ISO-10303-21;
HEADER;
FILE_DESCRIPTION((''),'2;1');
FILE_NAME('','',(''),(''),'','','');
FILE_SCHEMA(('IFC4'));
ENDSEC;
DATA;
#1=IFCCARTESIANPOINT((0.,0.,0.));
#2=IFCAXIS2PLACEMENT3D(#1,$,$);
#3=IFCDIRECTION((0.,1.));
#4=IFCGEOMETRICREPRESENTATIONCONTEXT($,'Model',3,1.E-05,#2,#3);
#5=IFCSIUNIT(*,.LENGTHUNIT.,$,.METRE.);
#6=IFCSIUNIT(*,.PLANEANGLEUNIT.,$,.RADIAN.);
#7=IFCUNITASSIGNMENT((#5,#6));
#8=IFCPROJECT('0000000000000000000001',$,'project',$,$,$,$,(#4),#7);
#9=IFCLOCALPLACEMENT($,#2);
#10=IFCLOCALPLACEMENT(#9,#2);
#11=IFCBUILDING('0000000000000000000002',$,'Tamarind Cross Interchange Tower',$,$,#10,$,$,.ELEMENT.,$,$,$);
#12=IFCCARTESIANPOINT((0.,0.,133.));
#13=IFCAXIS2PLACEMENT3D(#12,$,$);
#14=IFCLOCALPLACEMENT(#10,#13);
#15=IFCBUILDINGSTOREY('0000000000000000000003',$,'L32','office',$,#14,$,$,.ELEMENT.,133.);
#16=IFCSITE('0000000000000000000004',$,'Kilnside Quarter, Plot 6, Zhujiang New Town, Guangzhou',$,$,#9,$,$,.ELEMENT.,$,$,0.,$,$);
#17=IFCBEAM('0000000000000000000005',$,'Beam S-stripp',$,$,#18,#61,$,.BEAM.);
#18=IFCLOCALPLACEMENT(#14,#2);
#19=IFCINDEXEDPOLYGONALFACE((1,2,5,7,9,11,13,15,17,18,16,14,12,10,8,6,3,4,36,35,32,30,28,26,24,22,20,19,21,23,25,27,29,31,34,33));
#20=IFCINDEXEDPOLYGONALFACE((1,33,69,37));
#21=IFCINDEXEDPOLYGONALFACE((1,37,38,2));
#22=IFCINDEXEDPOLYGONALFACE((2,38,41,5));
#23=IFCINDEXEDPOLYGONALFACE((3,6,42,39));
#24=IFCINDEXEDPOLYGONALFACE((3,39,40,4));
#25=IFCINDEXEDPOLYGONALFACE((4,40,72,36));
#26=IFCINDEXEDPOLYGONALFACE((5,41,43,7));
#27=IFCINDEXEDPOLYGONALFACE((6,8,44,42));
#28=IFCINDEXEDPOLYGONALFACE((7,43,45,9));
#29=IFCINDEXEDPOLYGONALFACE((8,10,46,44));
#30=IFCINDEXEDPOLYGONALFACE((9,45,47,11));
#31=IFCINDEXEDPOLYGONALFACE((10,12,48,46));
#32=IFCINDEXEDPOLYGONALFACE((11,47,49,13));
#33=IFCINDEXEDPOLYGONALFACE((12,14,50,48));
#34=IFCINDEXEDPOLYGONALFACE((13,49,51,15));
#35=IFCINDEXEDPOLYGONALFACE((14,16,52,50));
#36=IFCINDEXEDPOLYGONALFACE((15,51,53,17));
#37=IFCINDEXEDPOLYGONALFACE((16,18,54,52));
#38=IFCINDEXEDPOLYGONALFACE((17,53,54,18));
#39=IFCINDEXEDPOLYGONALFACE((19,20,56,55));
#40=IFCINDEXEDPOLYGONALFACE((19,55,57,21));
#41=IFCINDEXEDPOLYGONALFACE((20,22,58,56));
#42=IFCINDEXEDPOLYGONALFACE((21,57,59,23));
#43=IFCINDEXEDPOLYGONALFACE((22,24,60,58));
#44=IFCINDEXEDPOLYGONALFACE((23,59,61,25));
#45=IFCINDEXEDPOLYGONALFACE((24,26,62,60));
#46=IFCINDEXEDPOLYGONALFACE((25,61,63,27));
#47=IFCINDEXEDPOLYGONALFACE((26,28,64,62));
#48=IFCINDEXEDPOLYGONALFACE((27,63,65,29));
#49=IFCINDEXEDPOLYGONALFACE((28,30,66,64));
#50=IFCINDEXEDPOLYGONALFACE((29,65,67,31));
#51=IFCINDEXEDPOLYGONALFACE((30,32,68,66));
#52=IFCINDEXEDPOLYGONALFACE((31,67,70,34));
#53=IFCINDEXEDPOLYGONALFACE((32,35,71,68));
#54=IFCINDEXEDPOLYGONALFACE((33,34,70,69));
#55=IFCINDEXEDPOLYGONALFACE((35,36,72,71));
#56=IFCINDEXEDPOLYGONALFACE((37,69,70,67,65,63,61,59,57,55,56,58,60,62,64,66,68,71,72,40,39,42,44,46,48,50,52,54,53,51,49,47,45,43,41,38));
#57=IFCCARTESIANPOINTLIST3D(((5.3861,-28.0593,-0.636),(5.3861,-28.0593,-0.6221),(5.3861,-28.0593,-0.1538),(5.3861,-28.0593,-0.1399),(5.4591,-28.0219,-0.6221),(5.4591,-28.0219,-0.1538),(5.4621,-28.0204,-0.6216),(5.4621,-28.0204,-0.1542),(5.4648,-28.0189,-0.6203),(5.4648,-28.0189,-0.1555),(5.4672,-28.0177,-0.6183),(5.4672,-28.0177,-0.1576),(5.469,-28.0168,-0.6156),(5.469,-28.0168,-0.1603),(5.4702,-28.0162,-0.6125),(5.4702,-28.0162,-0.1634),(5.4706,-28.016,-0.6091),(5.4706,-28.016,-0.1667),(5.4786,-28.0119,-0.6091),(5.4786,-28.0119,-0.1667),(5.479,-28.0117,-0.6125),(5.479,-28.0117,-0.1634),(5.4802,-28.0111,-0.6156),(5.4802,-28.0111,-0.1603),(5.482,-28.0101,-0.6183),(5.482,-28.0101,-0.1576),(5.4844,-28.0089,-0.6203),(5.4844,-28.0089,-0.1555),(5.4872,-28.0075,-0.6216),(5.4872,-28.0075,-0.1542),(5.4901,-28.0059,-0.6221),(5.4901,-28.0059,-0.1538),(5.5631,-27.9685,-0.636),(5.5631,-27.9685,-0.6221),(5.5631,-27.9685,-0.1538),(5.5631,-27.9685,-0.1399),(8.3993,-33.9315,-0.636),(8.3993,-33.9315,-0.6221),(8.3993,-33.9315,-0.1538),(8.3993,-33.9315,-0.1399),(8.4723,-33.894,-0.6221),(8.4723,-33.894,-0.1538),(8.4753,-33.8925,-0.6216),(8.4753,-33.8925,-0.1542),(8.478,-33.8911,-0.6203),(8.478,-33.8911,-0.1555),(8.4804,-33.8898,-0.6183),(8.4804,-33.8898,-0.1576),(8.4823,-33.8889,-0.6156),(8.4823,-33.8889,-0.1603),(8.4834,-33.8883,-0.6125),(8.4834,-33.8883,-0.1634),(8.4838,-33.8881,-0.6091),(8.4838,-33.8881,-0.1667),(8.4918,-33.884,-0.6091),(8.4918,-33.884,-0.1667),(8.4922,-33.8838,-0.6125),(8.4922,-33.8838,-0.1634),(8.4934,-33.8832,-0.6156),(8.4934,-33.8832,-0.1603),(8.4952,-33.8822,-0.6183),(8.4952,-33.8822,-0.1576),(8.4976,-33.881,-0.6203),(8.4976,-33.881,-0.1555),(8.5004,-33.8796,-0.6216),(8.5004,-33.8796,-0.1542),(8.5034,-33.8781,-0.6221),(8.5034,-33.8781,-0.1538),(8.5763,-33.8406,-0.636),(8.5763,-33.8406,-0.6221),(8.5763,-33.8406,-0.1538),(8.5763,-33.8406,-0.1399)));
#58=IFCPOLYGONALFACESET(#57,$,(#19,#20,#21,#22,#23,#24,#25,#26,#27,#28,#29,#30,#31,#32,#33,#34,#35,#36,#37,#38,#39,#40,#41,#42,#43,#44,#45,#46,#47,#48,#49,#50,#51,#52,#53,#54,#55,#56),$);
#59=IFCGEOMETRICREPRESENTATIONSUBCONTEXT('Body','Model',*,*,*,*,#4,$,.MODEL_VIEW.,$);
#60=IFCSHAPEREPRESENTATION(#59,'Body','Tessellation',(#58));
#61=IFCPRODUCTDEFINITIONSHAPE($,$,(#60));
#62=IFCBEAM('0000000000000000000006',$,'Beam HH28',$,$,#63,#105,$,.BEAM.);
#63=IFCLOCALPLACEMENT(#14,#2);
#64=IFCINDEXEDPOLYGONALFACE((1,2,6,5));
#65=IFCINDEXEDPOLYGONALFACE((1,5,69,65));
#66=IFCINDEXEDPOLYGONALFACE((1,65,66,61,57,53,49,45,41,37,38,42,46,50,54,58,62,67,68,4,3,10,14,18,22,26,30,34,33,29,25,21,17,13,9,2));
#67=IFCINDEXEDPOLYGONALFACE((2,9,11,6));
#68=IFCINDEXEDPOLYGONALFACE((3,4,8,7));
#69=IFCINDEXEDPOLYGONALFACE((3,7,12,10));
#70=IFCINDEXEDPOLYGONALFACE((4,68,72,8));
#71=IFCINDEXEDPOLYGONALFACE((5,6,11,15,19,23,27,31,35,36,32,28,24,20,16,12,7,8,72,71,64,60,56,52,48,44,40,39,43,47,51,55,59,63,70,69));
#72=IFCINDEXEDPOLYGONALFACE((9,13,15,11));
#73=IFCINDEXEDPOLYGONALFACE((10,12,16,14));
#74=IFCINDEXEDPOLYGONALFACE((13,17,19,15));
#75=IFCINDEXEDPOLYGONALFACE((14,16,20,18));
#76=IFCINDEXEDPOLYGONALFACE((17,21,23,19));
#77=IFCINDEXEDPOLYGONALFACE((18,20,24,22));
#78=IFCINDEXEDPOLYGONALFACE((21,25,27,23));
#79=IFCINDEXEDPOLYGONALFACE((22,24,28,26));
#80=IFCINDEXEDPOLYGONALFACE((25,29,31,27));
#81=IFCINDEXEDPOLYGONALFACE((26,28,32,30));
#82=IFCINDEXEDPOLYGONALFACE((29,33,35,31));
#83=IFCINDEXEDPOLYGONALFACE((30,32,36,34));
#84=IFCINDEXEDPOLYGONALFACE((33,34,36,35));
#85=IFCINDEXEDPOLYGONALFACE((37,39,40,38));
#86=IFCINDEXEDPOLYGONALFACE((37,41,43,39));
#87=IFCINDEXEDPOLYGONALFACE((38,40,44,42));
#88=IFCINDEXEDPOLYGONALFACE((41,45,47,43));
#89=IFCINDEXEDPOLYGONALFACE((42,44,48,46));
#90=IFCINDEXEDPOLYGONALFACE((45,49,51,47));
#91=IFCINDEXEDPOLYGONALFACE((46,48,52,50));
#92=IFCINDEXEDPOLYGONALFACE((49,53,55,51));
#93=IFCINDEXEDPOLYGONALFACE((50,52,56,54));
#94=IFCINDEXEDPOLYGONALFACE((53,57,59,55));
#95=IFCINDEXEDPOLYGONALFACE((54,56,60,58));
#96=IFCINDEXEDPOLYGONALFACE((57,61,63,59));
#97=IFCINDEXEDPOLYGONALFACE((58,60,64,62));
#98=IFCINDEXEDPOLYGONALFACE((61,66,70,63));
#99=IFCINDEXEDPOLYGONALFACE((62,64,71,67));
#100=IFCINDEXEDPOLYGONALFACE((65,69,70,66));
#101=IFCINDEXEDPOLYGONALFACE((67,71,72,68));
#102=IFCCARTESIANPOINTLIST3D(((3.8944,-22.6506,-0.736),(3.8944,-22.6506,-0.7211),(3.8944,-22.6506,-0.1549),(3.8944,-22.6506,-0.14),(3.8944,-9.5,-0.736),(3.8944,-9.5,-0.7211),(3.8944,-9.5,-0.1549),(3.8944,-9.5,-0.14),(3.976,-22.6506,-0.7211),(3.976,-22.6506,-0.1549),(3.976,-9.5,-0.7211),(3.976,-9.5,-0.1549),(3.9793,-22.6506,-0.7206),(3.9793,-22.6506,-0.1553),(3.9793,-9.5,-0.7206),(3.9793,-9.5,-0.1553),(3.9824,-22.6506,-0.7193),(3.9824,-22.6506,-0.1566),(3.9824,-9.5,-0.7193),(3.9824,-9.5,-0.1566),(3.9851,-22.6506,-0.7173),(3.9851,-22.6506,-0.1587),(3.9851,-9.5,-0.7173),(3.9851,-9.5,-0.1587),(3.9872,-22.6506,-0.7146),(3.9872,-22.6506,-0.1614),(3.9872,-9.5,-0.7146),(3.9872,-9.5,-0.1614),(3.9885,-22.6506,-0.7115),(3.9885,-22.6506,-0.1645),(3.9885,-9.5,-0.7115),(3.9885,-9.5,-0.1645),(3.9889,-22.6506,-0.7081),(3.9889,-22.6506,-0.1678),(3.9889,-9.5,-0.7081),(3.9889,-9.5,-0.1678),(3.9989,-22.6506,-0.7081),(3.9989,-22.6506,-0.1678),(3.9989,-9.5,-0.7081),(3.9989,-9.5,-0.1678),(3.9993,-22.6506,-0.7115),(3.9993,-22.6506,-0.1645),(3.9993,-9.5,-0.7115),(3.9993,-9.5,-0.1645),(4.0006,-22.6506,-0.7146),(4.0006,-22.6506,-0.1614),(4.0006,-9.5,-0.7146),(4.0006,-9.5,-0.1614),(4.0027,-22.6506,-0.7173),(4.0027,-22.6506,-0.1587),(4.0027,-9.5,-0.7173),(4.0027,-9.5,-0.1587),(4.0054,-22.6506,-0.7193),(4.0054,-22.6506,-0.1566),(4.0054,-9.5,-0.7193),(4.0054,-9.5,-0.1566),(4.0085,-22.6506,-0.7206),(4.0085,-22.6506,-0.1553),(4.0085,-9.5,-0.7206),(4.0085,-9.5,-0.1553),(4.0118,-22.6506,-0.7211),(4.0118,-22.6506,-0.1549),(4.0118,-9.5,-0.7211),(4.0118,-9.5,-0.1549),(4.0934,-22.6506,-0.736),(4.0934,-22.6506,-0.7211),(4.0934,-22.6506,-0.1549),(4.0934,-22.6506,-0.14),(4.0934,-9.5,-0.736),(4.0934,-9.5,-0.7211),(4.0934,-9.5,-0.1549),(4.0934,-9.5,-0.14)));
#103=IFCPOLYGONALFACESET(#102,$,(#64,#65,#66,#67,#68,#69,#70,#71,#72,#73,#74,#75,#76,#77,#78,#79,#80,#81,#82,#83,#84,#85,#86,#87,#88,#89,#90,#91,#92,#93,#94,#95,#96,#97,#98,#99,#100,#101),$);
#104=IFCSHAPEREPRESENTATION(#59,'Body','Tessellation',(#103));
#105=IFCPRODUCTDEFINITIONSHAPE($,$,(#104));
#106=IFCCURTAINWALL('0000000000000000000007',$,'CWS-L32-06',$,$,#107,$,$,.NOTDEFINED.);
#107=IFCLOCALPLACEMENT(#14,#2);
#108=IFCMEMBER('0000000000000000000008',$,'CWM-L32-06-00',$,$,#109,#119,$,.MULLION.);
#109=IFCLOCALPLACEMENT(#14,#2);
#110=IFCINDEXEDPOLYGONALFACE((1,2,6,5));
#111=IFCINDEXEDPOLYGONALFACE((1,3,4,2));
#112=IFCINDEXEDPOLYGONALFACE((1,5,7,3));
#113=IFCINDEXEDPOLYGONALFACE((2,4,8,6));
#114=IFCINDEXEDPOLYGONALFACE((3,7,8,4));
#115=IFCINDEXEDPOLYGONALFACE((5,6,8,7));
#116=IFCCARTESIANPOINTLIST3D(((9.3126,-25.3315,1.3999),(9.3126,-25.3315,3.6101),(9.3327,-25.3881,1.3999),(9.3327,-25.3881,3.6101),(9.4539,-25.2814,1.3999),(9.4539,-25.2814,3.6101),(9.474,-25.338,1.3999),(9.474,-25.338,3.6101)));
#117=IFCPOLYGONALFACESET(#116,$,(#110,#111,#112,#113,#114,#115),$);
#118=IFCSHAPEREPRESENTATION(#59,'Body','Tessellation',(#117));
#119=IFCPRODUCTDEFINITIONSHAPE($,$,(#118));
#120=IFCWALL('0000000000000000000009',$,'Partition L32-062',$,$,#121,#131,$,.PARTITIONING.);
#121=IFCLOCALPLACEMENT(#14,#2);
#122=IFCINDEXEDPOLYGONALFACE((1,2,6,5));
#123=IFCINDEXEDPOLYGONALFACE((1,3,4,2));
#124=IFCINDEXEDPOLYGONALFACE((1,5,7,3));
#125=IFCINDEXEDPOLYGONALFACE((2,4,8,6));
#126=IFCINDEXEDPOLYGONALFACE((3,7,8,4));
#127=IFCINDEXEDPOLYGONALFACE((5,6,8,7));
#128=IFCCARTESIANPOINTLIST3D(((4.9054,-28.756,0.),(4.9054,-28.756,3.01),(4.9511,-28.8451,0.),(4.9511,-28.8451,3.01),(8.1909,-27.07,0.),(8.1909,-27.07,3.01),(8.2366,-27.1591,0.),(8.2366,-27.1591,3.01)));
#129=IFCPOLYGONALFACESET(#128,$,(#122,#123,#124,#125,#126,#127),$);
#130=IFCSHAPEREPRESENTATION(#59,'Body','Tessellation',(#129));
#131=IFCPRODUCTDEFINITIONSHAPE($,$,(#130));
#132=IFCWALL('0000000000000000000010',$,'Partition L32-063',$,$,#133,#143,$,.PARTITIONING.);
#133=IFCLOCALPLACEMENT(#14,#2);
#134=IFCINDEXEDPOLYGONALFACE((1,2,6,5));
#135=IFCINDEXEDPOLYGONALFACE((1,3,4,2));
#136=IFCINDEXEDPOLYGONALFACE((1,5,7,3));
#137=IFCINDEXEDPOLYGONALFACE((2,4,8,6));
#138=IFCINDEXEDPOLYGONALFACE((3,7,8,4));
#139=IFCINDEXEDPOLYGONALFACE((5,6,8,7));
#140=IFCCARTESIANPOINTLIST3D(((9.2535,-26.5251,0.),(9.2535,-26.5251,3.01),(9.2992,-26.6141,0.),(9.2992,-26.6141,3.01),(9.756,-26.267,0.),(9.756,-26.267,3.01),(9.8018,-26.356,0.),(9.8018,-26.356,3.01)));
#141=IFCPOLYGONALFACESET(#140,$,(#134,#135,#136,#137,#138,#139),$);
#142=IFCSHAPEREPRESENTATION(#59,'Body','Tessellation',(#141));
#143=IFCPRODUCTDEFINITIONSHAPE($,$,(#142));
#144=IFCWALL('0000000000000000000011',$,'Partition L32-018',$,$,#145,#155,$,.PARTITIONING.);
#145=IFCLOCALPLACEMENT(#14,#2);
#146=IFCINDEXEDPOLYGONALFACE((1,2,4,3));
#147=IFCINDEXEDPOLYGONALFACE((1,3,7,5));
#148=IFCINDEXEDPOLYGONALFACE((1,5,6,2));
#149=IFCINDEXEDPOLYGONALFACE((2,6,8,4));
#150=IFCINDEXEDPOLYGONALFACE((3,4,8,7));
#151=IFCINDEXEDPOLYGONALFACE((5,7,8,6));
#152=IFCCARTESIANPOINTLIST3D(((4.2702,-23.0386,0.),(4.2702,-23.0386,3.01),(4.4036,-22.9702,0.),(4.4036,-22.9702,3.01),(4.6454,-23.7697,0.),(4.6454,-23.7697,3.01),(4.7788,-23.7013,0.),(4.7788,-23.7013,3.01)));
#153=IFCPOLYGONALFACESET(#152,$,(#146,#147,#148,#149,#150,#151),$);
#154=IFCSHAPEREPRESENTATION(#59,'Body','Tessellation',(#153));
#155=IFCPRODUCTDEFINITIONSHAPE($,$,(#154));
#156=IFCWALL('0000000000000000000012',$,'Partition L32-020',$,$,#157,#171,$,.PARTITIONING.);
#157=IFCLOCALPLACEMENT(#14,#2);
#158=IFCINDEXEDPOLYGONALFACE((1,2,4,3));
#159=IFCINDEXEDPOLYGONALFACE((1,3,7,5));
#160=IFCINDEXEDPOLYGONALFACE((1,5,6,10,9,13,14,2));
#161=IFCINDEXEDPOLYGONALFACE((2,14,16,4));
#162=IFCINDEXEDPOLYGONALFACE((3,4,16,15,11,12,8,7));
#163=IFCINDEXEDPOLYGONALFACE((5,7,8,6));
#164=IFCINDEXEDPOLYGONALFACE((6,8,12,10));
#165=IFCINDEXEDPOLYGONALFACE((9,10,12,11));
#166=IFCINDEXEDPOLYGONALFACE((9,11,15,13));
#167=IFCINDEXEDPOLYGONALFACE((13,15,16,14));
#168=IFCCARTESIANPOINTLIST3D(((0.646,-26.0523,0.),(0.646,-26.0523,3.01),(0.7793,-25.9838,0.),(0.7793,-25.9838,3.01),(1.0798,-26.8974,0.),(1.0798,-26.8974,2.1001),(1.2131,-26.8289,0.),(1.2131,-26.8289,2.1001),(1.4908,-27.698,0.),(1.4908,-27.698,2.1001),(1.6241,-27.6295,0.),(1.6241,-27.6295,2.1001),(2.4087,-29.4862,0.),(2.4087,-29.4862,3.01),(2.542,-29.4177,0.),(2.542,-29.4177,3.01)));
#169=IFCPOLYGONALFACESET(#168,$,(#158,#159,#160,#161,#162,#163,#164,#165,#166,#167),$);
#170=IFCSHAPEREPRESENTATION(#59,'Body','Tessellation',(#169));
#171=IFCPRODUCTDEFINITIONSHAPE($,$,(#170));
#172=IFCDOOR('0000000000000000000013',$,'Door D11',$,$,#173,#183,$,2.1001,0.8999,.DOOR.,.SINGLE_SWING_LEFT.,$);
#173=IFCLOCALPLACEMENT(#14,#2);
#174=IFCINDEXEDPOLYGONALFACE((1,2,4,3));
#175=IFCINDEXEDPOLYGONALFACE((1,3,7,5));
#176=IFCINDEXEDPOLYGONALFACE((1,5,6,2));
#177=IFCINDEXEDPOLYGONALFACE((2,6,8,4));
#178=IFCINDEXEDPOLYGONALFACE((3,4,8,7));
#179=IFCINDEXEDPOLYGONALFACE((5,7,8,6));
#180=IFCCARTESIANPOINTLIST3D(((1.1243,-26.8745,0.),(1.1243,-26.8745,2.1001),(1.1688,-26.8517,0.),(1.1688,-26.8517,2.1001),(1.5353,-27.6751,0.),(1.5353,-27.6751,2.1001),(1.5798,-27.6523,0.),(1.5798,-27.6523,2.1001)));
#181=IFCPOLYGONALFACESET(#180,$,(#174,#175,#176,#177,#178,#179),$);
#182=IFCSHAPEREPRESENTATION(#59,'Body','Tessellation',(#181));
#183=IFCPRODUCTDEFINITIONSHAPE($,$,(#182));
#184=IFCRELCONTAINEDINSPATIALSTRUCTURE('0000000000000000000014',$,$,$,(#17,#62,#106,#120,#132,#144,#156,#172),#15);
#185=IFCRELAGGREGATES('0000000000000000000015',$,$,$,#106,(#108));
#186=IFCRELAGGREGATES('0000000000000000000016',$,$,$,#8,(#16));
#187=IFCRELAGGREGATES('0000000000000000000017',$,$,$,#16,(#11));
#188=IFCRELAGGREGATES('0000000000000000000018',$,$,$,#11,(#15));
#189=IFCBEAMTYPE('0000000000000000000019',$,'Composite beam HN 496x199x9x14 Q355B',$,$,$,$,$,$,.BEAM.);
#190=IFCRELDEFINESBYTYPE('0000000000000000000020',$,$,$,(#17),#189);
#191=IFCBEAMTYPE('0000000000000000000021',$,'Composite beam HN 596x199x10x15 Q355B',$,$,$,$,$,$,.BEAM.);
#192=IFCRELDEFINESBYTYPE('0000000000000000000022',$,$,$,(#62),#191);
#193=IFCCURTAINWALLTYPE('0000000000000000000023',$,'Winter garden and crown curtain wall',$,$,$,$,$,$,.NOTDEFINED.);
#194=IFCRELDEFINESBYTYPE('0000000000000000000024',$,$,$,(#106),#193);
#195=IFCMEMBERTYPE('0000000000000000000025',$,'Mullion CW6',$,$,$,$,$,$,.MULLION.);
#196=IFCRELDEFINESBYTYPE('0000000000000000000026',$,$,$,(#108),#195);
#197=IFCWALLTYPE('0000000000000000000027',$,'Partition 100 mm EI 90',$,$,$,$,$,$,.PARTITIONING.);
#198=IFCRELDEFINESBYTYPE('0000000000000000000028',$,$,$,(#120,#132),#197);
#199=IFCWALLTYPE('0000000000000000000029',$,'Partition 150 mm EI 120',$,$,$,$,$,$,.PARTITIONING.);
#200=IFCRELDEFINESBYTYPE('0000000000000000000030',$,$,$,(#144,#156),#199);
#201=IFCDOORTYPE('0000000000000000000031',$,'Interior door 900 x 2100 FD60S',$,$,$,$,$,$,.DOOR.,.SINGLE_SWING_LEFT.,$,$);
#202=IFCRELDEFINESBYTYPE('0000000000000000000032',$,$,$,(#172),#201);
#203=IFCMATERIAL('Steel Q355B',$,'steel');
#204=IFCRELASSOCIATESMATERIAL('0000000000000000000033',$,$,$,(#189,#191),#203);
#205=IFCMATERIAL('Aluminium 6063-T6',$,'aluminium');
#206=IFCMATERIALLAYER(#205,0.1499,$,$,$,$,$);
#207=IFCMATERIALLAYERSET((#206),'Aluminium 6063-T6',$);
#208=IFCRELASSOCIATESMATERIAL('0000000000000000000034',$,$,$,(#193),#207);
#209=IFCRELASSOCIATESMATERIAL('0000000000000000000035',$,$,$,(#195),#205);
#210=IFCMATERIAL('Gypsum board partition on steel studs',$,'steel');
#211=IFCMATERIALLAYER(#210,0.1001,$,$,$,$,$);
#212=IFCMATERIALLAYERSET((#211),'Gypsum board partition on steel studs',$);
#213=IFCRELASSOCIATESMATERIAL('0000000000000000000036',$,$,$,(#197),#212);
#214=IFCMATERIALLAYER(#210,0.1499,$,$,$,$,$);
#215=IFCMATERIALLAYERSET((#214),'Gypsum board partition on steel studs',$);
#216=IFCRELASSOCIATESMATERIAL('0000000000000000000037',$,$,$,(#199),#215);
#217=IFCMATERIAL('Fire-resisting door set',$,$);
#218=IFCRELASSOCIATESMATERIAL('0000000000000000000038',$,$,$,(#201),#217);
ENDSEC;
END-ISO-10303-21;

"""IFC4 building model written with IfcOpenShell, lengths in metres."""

from ifc_helpers import new_model, si_unit, direction, frame, frame_2d, origin, origin_2d, place, context, subcontext, project, spatial, rectangle, i_section, extrude, material, layer, layer_set, material_profile, profile_set, type_object, element, fill, aggregate, save


model = new_model("IFC4")

# Units and contexts
model_context = context("Model", 3, precision=1e-05, world=origin(), true_north=direction((0.0, 1.0)))
body_context = subcontext(model_context, "Body", "Model", "MODEL_VIEW")
ifc_project = project(units=[si_unit("LENGTHUNIT", "METRE"), si_unit("PLANEANGLEUNIT", "RADIAN")], contexts=[model_context])

# Site, building, storey
site_placement = place(None, origin())
site = spatial("IfcSite", under=ifc_project, at=site_placement, Name="Kilnside Quarter, Plot 6, Zhujiang New Town, Guangzhou", CompositionType="ELEMENT", RefElevation=0.0)
building_placement = place(site_placement, origin())
building = spatial("IfcBuilding", under=site, at=building_placement, Name="Tamarind Cross Interchange Tower", CompositionType="ELEMENT")
storey_placement = place(building_placement, frame((0.0, 0.0, 133.0)))
storey = spatial("IfcBuildingStorey", under=building, at=storey_placement, Name="L32", Description="office", CompositionType="ELEMENT", Elevation=133.0)

# Beams
ifc_material_1 = material(Name="Steel Q355B", Category="steel")
ifc_material_profile_1 = material_profile(ifc_material_1, i_section(OverallWidth=0.199, OverallDepth=0.4961, WebThickness=0.009, FlangeThickness=0.0139, FilletRadius=0.0129, at=origin_2d()), Name="HN 496x199x9x14")
ifc_profile_set_1 = profile_set([ifc_material_profile_1], Name="Steel Q355B")
beam_type_1 = type_object("IfcBeamType", Name="Composite beam HN 496x199x9x14 Q355B", PredefinedType="BEAM", material=ifc_profile_set_1)
beam_1_placement = place(storey_placement, frame((5.4746, -28.0139, -0.3879), z_axis=(0.45654, -0.889703, 0.0), x_axis=(0.889703, 0.45654, 0.0)))
element("IfcBeam", 1, at=beam_1_placement, inside=storey, type_object=beam_type_1, Name="Beam S-stripp", PredefinedType="BEAM", context=body_context, shape_type="SweptSolid", body=[
    extrude(i_section(OverallWidth=0.199, OverallDepth=0.4961, WebThickness=0.009, FlangeThickness=0.0139, FilletRadius=0.0129, at=origin_2d()), origin(), (0.0, 0.0, 1.0), 6.6001),
])
ifc_material_profile_2 = material_profile(ifc_material_1, i_section(OverallWidth=0.199, OverallDepth=0.5959, WebThickness=0.01, FlangeThickness=0.0149, FilletRadius=0.0129, at=origin_2d()), Name="HN 596x199x10x15")
ifc_profile_set_2 = profile_set([ifc_material_profile_2], Name="Steel Q355B")
beam_type_2 = type_object("IfcBeamType", Name="Composite beam HN 596x199x10x15 Q355B", PredefinedType="BEAM", material=ifc_profile_set_2)
beam_2_placement = place(storey_placement, frame((3.9939, -22.6506, -0.438), z_axis=(0.0, 1.0, 0.0), x_axis=(-1.0, 0.0, 0.0)))
element("IfcBeam", 2, at=beam_2_placement, inside=storey, type_object=beam_type_2, Name="Beam HH28", PredefinedType="BEAM", context=body_context, shape_type="SweptSolid", body=[
    extrude(i_section(OverallWidth=0.199, OverallDepth=0.5959, WebThickness=0.01, FlangeThickness=0.0149, FilletRadius=0.0129, at=origin_2d()), origin(), (0.0, 0.0, 1.0), 13.1506),
])

# Curtain wall, member
ifc_material_2 = material(Name="Aluminium 6063-T6", Category="aluminium")
ifc_layer_1 = layer(ifc_material_2, 0.1499)
ifc_layer_set_1 = layer_set([ifc_layer_1], Name="Aluminium 6063-T6")
curtain_wall_type = type_object("IfcCurtainWallType", Name="Winter garden and crown curtain wall", PredefinedType="NOTDEFINED", material=ifc_layer_set_1)
curtain_wall_placement = place(storey_placement, origin())
curtain_wall = element("IfcCurtainWall", 3, at=curtain_wall_placement, inside=storey, type_object=curtain_wall_type, Name="CWS-L32-06", PredefinedType="NOTDEFINED")
ifc_material_profile_3 = material_profile(ifc_material_2, rectangle(XDim=0.0601, YDim=0.1499, at=origin_2d()), Name="Mullion CW6")
ifc_profile_set_3 = profile_set([ifc_material_profile_3], Name="Aluminium 6063-T6")
member_type = type_object("IfcMemberType", Name="Mullion CW6", PredefinedType="MULLION", material=ifc_profile_set_3)
member_placement = place(storey_placement, frame((9.3933, -25.3347, 1.3999), z_axis=(0.0, 0.0, 1.0), x_axis=(-0.334091, 0.942541, 0.0)))
member = element("IfcMember", 4, at=member_placement, type_object=member_type, Name="CWM-L32-06-00", PredefinedType="MULLION", context=body_context, shape_type="SweptSolid", body=[
    extrude(rectangle(XDim=0.0601, YDim=0.1499, at=origin_2d()), origin(), (0.0, 0.0, 1.0), 2.2102),
])
aggregate(curtain_wall, [member])

# Walls
ifc_material_3 = material(Name="Gypsum board partition on steel studs", Category="steel")
ifc_layer_2 = layer(ifc_material_3, 0.1001)
ifc_layer_set_2 = layer_set([ifc_layer_2], Name="Gypsum board partition on steel studs")
wall_type_1 = type_object("IfcWallType", Name="Partition 100 mm EI 90", PredefinedType="PARTITIONING", material=ifc_layer_set_2)
wall_1_placement = place(storey_placement, frame((4.9282, -28.8005, 0.0), z_axis=(0.0, 0.0, 1.0), x_axis=(0.889698, 0.45655, 0.0)))
element("IfcWall", 5, at=wall_1_placement, inside=storey, type_object=wall_type_1, Name="Partition L32-062", PredefinedType="PARTITIONING", context=body_context, shape_type="SweptSolid", body=[
    extrude(rectangle(XDim=3.6929, YDim=0.1001, at=frame_2d((1.8464, 0.0))), origin(), (0.0, 0.0, 1.0), 3.01),
])
wall_2_placement = place(storey_placement, frame((9.2764, -26.5696, 0.0), z_axis=(0.0, 0.0, 1.0), x_axis=(0.889534, 0.456869, 0.0)))
element("IfcWall", 6, at=wall_2_placement, inside=storey, type_object=wall_type_1, Name="Partition L32-063", PredefinedType="PARTITIONING", context=body_context, shape_type="SweptSolid", body=[
    extrude(rectangle(XDim=0.5649, YDim=0.1001, at=frame_2d((0.2825, 0.0))), origin(), (0.0, 0.0, 1.0), 3.01),
])
ifc_layer_3 = layer(ifc_material_3, 0.1499)
ifc_layer_set_3 = layer_set([ifc_layer_3], Name="Gypsum board partition on steel studs")
wall_type_2 = type_object("IfcWallType", Name="Partition 150 mm EI 120", PredefinedType="PARTITIONING", material=ifc_layer_set_3)
wall_3_placement = place(storey_placement, frame((4.3369, -23.0044, 0.0), z_axis=(0.0, 0.0, 1.0), x_axis=(0.456576, -0.889684, 0.0)))
element("IfcWall", 7, at=wall_3_placement, inside=storey, type_object=wall_type_2, Name="Partition L32-018", PredefinedType="PARTITIONING", context=body_context, shape_type="SweptSolid", body=[
    extrude(rectangle(XDim=0.8218, YDim=0.1499, at=frame_2d((0.4109, 0.0))), origin(), (0.0, 0.0, 1.0), 3.01),
])

# Wall, opening, door
wall_4_placement = place(storey_placement, frame((0.7126, -26.0181, 0.0), z_axis=(0.0, 0.0, 1.0), x_axis=(0.456676, -0.889633, 0.0)))
wall_4 = element("IfcWall", 8, at=wall_4_placement, inside=storey, type_object=wall_type_2, Name="Partition L32-020", PredefinedType="PARTITIONING", context=body_context, shape_type="SweptSolid", body=[
    extrude(rectangle(XDim=3.8599, YDim=0.1499, at=frame_2d((1.9299, 0.0))), origin(), (0.0, 0.0, 1.0), 3.01),
])
opening_1_placement = place(wall_4_placement, frame((0.95, 0.0, 0.0)))
opening_1 = element("IfcOpeningElement", 9, at=opening_1_placement, cuts=wall_4, PredefinedType="OPENING", context=body_context, shape_type="SweptSolid", body=[
    extrude(rectangle(XDim=0.8999, YDim=2.1001, at=frame_2d((0.45, 1.05))), frame((0.0, 0.085, 0.0), z_axis=(0.0, -1.0, 0.0), x_axis=(1.0, 0.0, 0.0)), (0.0, 0.0, 1.0), 0.1699),
])
ifc_material_4 = material(Name="Fire-resisting door set")
door_type_1 = type_object("IfcDoorType", Name="Interior door 900 x 2100 FD60S", OperationType="SINGLE_SWING_LEFT", PredefinedType="DOOR", material=ifc_material_4)
door_1_placement = place(opening_1_placement, frame((0.8999, 0.0, 0.0), z_axis=(0.0, 0.0, 1.0), x_axis=(-1.0, 0.0, 0.0)))
door_1 = element("IfcDoor", 10, at=door_1_placement, inside=storey, type_object=door_type_1, Name="Door D11", OperationType="SINGLE_SWING_LEFT", OverallHeight=2.1001, OverallWidth=0.8999, PredefinedType="DOOR", context=body_context, shape_type="SweptSolid", body=[
    extrude(rectangle(XDim=0.8999, YDim=2.1001, at=frame_2d((0.45, 1.05))), frame((0.0, 0.0249, 0.0), z_axis=(0.0, -1.0, 0.0), x_axis=(1.0, 0.0, 0.0)), (0.0, 0.0, 1.0), 0.05),
])
fill(opening_1, door_1)

save(model, "model.ifc")
